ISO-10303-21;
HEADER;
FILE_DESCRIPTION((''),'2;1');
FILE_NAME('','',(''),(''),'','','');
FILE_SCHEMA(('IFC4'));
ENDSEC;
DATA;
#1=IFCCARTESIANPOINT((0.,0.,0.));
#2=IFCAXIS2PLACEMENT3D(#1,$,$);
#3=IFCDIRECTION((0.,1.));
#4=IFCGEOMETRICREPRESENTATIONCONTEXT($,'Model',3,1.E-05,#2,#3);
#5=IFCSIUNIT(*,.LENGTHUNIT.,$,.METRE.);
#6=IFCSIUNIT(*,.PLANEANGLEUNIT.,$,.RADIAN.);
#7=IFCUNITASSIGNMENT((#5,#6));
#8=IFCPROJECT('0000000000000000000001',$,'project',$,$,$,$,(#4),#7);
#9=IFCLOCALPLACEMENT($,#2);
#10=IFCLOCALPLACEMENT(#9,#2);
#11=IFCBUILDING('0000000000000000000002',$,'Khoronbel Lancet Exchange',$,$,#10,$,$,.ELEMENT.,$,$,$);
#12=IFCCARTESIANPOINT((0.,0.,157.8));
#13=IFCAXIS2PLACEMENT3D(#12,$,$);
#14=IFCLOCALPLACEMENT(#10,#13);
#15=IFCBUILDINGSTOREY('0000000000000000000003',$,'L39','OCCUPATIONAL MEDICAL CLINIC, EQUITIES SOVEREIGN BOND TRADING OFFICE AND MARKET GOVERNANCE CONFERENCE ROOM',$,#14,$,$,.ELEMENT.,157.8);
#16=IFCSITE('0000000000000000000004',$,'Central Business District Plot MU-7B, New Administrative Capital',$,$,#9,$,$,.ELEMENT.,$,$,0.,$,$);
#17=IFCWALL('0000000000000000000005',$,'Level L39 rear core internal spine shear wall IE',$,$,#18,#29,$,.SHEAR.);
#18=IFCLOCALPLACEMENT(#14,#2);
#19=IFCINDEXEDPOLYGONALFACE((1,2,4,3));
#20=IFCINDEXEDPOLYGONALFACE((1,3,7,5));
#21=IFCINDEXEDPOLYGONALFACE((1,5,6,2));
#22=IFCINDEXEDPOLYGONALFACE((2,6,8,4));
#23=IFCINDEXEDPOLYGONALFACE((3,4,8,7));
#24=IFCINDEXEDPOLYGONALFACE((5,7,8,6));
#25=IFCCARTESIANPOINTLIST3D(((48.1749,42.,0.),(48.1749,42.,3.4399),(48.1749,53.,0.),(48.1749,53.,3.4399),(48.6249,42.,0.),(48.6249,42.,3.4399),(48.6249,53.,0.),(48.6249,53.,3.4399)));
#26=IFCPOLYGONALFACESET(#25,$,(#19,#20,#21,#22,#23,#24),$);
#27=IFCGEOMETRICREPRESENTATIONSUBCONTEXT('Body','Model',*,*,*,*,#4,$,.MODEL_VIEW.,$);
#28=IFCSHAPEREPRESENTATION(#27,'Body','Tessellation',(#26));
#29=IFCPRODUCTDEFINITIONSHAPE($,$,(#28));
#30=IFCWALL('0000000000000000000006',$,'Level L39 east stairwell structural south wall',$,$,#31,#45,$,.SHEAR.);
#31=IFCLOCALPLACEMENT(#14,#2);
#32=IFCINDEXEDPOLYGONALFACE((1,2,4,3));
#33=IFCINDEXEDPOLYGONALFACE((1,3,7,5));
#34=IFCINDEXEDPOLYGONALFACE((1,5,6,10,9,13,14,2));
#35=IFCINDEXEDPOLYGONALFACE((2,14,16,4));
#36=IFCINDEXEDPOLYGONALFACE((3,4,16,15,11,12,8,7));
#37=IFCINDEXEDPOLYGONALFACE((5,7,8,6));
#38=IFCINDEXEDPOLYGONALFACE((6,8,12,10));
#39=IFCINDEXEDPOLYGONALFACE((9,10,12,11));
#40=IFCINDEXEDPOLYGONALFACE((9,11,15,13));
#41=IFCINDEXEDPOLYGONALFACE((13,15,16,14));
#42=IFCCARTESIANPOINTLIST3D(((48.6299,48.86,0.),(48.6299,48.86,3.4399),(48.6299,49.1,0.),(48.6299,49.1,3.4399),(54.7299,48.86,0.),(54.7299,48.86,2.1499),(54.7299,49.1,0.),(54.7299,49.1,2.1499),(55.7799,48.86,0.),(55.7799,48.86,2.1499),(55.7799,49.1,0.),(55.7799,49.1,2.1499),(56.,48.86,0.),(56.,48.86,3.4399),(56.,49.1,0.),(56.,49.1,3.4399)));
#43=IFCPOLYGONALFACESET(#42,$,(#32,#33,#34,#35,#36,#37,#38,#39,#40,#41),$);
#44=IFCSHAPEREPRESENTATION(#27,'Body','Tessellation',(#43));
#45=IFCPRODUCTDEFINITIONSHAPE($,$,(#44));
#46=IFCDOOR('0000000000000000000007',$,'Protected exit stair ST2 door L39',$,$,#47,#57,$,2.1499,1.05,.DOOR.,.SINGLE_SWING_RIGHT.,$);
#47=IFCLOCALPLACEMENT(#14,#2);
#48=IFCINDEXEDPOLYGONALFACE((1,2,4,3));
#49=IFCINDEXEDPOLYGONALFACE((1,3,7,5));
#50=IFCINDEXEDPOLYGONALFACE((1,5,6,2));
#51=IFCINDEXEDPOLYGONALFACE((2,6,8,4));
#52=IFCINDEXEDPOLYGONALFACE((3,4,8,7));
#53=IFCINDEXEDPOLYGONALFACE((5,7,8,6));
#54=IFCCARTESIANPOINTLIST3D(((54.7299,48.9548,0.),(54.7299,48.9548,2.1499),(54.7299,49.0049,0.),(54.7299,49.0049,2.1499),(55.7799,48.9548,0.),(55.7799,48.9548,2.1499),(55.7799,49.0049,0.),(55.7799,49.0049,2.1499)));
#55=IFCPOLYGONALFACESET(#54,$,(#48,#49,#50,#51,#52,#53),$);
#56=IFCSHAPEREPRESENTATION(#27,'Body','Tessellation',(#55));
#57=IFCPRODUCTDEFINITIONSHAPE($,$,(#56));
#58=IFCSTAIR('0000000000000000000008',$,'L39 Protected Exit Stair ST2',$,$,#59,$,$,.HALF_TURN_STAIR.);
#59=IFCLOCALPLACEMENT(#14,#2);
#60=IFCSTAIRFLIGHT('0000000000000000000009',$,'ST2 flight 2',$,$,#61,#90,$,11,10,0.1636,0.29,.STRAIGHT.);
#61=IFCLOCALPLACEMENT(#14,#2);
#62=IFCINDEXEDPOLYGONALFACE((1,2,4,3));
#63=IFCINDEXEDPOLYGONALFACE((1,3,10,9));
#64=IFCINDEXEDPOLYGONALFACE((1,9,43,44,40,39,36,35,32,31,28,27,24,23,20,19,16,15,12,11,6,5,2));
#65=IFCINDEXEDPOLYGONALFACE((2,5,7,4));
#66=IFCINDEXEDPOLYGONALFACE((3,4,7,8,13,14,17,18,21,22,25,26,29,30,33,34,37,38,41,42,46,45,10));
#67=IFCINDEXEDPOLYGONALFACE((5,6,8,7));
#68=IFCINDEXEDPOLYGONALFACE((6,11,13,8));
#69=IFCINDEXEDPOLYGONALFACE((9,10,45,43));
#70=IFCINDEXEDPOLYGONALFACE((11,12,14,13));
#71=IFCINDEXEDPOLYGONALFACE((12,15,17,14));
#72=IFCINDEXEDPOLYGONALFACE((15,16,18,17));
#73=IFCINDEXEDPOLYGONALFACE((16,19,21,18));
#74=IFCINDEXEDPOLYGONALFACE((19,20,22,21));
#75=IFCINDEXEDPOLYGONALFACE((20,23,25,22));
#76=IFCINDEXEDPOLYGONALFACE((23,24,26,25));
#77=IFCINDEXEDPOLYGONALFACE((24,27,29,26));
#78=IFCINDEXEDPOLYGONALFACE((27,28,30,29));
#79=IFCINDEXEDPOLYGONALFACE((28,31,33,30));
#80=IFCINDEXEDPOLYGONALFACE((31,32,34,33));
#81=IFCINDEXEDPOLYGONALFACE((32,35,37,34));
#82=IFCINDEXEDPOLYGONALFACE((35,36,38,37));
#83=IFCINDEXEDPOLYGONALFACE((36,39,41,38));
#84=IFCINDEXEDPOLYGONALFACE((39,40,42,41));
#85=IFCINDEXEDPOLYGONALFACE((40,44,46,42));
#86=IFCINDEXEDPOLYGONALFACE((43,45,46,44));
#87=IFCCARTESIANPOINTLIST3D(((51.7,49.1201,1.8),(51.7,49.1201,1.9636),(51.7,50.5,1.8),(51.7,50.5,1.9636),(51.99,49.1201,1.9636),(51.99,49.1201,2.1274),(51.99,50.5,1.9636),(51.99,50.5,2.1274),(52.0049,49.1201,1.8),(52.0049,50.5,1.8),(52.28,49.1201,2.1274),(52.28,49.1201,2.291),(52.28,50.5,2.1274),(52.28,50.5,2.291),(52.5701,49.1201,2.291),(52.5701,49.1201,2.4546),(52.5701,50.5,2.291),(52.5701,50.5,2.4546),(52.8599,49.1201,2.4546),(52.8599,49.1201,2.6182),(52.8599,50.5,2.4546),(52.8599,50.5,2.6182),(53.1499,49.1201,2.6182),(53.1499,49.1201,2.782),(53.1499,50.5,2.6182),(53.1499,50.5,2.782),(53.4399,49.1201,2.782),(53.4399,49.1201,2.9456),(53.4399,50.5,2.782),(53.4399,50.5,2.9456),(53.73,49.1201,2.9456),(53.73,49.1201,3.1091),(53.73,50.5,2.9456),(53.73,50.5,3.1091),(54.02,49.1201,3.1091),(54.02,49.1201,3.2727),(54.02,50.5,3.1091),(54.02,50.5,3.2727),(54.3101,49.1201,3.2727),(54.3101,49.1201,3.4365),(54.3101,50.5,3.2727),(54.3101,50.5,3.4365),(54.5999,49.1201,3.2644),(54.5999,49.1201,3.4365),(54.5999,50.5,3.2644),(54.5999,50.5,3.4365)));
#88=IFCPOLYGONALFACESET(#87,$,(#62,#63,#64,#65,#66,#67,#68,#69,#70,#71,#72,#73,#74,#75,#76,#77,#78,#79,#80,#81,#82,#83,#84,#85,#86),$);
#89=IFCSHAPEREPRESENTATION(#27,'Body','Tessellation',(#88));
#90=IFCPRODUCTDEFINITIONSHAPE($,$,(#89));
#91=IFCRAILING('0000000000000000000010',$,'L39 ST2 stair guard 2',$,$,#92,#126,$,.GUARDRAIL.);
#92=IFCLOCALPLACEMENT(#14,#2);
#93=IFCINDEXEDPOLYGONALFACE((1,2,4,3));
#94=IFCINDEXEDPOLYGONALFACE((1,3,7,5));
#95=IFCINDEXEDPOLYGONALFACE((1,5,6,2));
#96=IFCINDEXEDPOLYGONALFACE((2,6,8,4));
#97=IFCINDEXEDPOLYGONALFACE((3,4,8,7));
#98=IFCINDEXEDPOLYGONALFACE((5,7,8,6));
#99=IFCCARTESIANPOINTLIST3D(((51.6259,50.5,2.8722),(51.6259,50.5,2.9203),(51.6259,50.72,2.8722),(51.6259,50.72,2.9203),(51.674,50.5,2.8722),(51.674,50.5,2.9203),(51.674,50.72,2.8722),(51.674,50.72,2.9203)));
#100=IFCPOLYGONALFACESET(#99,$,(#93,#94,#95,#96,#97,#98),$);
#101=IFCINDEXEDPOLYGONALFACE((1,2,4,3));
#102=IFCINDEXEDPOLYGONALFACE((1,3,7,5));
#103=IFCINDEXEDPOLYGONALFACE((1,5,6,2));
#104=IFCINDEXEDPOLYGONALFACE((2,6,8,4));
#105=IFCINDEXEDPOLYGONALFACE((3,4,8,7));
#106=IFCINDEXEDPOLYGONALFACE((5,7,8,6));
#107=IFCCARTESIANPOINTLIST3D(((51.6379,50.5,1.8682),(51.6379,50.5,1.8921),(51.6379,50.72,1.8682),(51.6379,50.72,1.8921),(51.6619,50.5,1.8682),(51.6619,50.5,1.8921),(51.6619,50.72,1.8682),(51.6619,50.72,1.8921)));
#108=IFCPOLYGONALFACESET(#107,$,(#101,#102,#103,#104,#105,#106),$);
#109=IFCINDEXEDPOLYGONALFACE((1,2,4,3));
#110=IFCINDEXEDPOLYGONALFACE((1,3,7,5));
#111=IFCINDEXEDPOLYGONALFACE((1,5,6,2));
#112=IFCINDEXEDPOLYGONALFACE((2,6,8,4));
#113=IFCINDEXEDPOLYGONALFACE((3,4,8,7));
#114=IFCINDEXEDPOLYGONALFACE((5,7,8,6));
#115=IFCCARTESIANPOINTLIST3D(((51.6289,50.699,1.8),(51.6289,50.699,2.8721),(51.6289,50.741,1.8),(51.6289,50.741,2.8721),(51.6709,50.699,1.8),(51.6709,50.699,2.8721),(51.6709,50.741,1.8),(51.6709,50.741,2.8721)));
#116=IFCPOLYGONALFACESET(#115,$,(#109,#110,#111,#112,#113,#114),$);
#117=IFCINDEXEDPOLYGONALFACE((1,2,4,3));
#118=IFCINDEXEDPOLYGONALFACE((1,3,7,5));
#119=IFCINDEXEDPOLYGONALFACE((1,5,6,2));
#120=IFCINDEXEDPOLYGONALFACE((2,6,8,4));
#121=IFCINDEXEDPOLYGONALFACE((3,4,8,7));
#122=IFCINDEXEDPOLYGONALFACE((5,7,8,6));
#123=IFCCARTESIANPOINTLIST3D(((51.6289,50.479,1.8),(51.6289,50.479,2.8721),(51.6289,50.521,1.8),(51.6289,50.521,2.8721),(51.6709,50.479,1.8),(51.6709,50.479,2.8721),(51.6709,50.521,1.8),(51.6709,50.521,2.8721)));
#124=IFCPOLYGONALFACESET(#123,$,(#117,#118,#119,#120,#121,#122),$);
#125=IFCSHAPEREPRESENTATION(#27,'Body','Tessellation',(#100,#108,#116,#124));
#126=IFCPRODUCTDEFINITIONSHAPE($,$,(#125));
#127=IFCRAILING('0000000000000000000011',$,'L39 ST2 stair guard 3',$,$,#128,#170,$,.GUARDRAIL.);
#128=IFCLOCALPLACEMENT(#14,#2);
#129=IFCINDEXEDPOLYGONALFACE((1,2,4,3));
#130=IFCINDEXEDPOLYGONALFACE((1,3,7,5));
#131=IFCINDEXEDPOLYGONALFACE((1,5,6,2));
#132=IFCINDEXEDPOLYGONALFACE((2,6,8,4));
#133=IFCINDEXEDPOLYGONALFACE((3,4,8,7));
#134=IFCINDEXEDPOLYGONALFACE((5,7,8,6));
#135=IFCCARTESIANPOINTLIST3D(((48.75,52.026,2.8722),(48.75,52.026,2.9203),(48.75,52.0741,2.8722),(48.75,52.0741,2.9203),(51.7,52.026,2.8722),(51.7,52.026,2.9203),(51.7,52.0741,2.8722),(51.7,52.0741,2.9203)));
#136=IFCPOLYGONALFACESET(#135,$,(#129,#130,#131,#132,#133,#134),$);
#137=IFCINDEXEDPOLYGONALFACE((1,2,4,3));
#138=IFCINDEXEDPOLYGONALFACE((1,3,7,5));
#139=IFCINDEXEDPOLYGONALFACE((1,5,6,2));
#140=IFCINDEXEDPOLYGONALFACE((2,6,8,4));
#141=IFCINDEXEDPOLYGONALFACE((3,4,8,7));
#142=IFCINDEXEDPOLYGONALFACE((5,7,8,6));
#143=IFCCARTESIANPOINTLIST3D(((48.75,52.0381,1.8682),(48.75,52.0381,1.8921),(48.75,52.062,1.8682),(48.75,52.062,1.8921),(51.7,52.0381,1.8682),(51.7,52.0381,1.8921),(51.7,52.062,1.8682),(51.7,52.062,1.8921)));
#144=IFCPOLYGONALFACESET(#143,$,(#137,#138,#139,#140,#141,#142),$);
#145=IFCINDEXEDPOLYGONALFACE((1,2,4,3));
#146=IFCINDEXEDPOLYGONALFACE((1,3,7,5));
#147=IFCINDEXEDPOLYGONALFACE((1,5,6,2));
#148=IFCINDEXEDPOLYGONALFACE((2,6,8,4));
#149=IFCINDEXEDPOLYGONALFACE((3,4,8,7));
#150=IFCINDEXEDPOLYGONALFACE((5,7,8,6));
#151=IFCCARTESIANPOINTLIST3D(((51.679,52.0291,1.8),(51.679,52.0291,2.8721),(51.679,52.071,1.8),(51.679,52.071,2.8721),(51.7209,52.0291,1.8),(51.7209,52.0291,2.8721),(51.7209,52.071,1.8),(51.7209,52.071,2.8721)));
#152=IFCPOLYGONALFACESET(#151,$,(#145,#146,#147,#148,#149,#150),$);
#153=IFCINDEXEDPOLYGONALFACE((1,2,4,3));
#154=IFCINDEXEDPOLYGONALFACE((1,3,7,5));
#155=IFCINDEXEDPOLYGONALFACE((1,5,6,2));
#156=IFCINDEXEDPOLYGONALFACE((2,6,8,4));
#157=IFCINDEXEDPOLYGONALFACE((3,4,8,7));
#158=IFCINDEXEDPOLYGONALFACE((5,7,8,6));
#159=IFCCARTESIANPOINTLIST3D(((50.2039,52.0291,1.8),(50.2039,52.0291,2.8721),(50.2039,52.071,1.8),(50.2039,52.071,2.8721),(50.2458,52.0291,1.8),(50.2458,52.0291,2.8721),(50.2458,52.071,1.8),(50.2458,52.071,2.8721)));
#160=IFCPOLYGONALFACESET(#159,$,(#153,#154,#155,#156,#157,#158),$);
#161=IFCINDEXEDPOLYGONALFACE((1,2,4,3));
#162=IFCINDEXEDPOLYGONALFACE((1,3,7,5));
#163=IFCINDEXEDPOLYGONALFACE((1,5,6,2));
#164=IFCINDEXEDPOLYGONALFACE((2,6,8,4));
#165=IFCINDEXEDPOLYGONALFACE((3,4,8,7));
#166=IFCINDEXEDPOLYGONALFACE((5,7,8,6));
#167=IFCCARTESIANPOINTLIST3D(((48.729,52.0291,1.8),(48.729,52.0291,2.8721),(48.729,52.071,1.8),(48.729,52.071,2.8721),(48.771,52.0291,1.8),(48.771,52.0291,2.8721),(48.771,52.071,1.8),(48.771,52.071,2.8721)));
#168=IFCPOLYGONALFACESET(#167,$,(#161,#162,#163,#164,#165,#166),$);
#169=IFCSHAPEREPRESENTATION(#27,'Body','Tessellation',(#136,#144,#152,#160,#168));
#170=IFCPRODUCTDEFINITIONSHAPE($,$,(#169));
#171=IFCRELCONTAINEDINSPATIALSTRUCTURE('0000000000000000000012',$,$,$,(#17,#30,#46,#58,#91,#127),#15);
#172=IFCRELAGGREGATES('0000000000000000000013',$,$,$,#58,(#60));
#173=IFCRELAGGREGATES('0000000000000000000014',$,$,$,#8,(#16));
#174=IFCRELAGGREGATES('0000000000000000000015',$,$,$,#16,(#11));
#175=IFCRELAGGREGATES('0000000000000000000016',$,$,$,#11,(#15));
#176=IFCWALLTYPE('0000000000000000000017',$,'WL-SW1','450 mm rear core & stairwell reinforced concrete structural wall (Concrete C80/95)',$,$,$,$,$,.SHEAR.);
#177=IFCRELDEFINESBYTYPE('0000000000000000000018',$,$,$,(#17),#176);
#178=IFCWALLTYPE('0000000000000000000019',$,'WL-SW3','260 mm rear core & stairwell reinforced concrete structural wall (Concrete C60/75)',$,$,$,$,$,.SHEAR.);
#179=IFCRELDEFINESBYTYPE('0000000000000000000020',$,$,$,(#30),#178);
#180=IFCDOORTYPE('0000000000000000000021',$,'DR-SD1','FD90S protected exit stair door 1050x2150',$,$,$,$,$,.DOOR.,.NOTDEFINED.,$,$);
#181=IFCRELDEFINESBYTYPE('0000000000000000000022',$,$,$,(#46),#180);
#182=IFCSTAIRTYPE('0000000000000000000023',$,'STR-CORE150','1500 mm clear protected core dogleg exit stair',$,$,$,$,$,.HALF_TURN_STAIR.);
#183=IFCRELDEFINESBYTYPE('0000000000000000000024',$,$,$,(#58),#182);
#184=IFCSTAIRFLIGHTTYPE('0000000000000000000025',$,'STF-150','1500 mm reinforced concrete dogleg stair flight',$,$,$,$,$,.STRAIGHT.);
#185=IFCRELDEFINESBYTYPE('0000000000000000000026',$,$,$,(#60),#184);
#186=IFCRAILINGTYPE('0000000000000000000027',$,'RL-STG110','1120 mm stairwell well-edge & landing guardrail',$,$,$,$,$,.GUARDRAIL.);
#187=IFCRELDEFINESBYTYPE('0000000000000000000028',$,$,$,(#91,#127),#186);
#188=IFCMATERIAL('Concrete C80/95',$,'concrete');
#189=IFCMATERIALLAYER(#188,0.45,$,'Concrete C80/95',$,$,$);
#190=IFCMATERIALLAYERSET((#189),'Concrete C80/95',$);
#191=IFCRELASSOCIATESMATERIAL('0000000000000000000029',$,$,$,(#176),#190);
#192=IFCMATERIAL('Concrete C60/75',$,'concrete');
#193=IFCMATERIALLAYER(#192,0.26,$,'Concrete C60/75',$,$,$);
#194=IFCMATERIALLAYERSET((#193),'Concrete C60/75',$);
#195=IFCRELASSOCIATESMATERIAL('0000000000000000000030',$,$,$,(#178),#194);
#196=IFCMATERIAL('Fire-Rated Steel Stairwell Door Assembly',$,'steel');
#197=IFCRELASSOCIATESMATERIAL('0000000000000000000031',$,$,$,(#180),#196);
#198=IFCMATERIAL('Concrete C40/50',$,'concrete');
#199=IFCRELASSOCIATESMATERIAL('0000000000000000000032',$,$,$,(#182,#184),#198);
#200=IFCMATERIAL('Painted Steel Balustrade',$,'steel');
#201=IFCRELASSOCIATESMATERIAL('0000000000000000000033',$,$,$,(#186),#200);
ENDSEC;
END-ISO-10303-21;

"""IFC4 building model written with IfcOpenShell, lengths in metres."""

from ifc_helpers import new_model, si_unit, direction, frame, frame_2d, origin, origin_2d, place, context, subcontext, project, spatial, polyline, rectangle, outline, extrude, material, layer, layer_set, type_object, element, fill, aggregate, save


model = new_model("IFC4")

# Units and contexts
model_context = context("Model", 3, precision=1e-05, world=origin(), true_north=direction((0.0, 1.0)))
body_context = subcontext(model_context, "Body", "Model", "MODEL_VIEW")
ifc_project = project(units=[si_unit("LENGTHUNIT", "METRE"), si_unit("PLANEANGLEUNIT", "RADIAN")], contexts=[model_context])

# Site, building, storey
site_placement = place(None, origin())
site = spatial("IfcSite", under=ifc_project, at=site_placement, Name="Central Business District Plot MU-7B, New Administrative Capital", CompositionType="ELEMENT", RefElevation=0.0)
building_placement = place(site_placement, origin())
building = spatial("IfcBuilding", under=site, at=building_placement, Name="Khoronbel Lancet Exchange", CompositionType="ELEMENT")
storey_placement = place(building_placement, frame((0.0, 0.0, 157.8)))
storey = spatial("IfcBuildingStorey", under=building, at=storey_placement, Name="L39", Description="OCCUPATIONAL MEDICAL CLINIC, EQUITIES SOVEREIGN BOND TRADING OFFICE AND MARKET GOVERNANCE CONFERENCE ROOM", CompositionType="ELEMENT", Elevation=157.8)

# Wall
ifc_material_1 = material(Name="Concrete C80/95", Category="concrete")
ifc_layer_1 = layer(ifc_material_1, 0.45, Name="Concrete C80/95")
ifc_layer_set_1 = layer_set([ifc_layer_1], Name="Concrete C80/95")
wall_type_1 = type_object("IfcWallType", Name="WL-SW1", Description="450 mm rear core & stairwell reinforced concrete structural wall (Concrete C80/95)", PredefinedType="SHEAR", material=ifc_layer_set_1)
wall_1_placement = place(storey_placement, frame((48.3999, 42.0, 0.0), z_axis=(0.0, 0.0, 1.0), x_axis=(0.0, 1.0, 0.0)))
element("IfcWall", 1, at=wall_1_placement, inside=storey, type_object=wall_type_1, Name="Level L39 rear core internal spine shear wall IE", PredefinedType="SHEAR", context=body_context, shape_type="SweptSolid", body=[
    extrude(rectangle(XDim=11.0, YDim=0.45, at=frame_2d((5.5, 0.0))), origin(), (0.0, 0.0, 1.0), 3.4399),
])

# Wall, opening, door
ifc_material_2 = material(Name="Concrete C60/75", Category="concrete")
ifc_layer_2 = layer(ifc_material_2, 0.26, Name="Concrete C60/75")
ifc_layer_set_2 = layer_set([ifc_layer_2], Name="Concrete C60/75")
wall_type_2 = type_object("IfcWallType", Name="WL-SW3", Description="260 mm rear core & stairwell reinforced concrete structural wall (Concrete C60/75)", PredefinedType="SHEAR", material=ifc_layer_set_2)
wall_2_placement = place(storey_placement, frame((48.6299, 48.98, 0.0), z_axis=(0.0, 0.0, 1.0), x_axis=(1.0, 0.0, 0.0)))
wall_2 = element("IfcWall", 2, at=wall_2_placement, inside=storey, type_object=wall_type_2, Name="Level L39 east stairwell structural south wall", PredefinedType="SHEAR", context=body_context, shape_type="SweptSolid", body=[
    extrude(rectangle(XDim=7.3701, YDim=0.24, at=frame_2d((3.6851, 0.0))), origin(), (0.0, 0.0, 1.0), 3.4399),
])
opening_1_placement = place(wall_2_placement, frame((6.1001, 0.0, 0.0)))
opening_1 = element("IfcOpeningElement", 3, at=opening_1_placement, cuts=wall_2, PredefinedType="OPENING", context=body_context, shape_type="SweptSolid", body=[
    extrude(rectangle(XDim=1.05, YDim=2.1499, at=frame_2d((0.5249, 1.075))), frame((0.0, 0.1299, 0.0), z_axis=(0.0, -1.0, 0.0), x_axis=(1.0, 0.0, 0.0)), (0.0, 0.0, 1.0), 0.26),
])
ifc_material_3 = material(Name="Fire-Rated Steel Stairwell Door Assembly", Category="steel")
door_type_1 = type_object("IfcDoorType", Name="DR-SD1", Description="FD90S protected exit stair door 1050x2150", OperationType="NOTDEFINED", PredefinedType="DOOR", material=ifc_material_3)
door_1_placement = place(opening_1_placement, origin())
door_1 = element("IfcDoor", 4, at=door_1_placement, inside=storey, type_object=door_type_1, Name="Protected exit stair ST2 door L39", OperationType="SINGLE_SWING_RIGHT", OverallHeight=2.1499, OverallWidth=1.05, PredefinedType="DOOR", context=body_context, shape_type="SweptSolid", body=[
    extrude(rectangle(XDim=1.05, YDim=2.1499, at=frame_2d((0.5249, 1.075))), frame((0.0, 0.0249, 0.0), z_axis=(0.0, -1.0, 0.0), x_axis=(1.0, 0.0, 0.0)), (0.0, 0.0, 1.0), 0.05),
])
fill(opening_1, door_1)

# Stair, stair flight
ifc_material_4 = material(Name="Concrete C40/50", Category="concrete")
stair_type = type_object("IfcStairType", Name="STR-CORE150", Description="1500 mm clear protected core dogleg exit stair", PredefinedType="HALF_TURN_STAIR", material=ifc_material_4)
stair_placement = place(storey_placement, origin())
stair = element("IfcStair", 5, at=stair_placement, inside=storey, type_object=stair_type, Name="L39 Protected Exit Stair ST2", PredefinedType="HALF_TURN_STAIR")
stair_flight_type = type_object("IfcStairFlightType", Name="STF-150", Description="1500 mm reinforced concrete dogleg stair flight", PredefinedType="STRAIGHT", material=ifc_material_4)
stair_flight_placement = place(storey_placement, frame((51.7, 49.8101, 1.8), z_axis=(0.0, 0.0, 1.0), x_axis=(1.0, 0.0, 0.0)))
stair_flight = element("IfcStairFlight", 6, at=stair_flight_placement, type_object=stair_flight_type, Name="ST2 flight 2", NumberOfRisers=11, NumberOfTreads=10, PredefinedType="STRAIGHT", RiserHeight=0.1636, TreadLength=0.29, context=body_context, shape_type="SweptSolid", body=[
    extrude(outline(polyline([(0.0, 0.0), (0.0, 0.1636), (0.29, 0.1636), (0.29, 0.3274), (0.5801, 0.3274), (0.5801, 0.491), (0.8701, 0.491), (0.8701, 0.6545), (1.1599, 0.6545), (1.1599, 0.8181), (1.45, 0.8181), (1.45, 0.9819), (1.74, 0.9819), (1.74, 1.1455), (2.03, 1.1455), (2.03, 1.3091), (2.3201, 1.3091), (2.3201, 1.4727), (2.6101, 1.4727), (2.6101, 1.6365), (2.8999, 1.6365), (2.8999, 1.8), (2.8999, 1.4644), (0.3049, 0.0), (0.0, 0.0)])), frame((0.0, 0.6899, 0.0), z_axis=(0.0, -1.0, 0.0), x_axis=(1.0, 0.0, 0.0)), (0.0, 0.0, 1.0), 1.3799),
])
aggregate(stair, [stair_flight])

# Railings
ifc_material_5 = material(Name="Painted Steel Balustrade", Category="steel")
railing_type_1 = type_object("IfcRailingType", Name="RL-STG110", Description="1120 mm stairwell well-edge & landing guardrail", PredefinedType="GUARDRAIL", material=ifc_material_5)
railing_1_placement = place(storey_placement, frame((51.6499, 50.72, 1.8)))
element("IfcRailing", 7, at=railing_1_placement, inside=storey, type_object=railing_type_1, Name="L39 ST2 stair guard 2", PredefinedType="GUARDRAIL", context=body_context, shape_type="SweptSolid", body=[
    extrude(rectangle(XDim=0.0481, YDim=0.0481, at=origin_2d()), frame((0.0, 0.0, 1.0962), z_axis=(0.0, -1.0, 0.0), x_axis=(1.0, 0.0, 0.0)), (0.0, 0.0, 1.0), 0.22),
    extrude(rectangle(XDim=0.0239, YDim=0.0239, at=origin_2d()), frame((0.0, 0.0, 0.0801), z_axis=(0.0, -1.0, 0.0), x_axis=(1.0, 0.0, 0.0)), (0.0, 0.0, 1.0), 0.22),
    extrude(rectangle(XDim=0.042, YDim=0.042, at=origin_2d()), origin(), (0.0, 0.0, 1.0), 1.072),
    extrude(rectangle(XDim=0.042, YDim=0.042, at=origin_2d()), frame((0.0, -0.22, 0.0)), (0.0, 0.0, 1.0), 1.072),
])
railing_2_placement = place(storey_placement, frame((51.7, 52.05, 1.8)))
element("IfcRailing", 8, at=railing_2_placement, inside=storey, type_object=railing_type_1, Name="L39 ST2 stair guard 3", PredefinedType="GUARDRAIL", context=body_context, shape_type="SweptSolid", body=[
    extrude(rectangle(XDim=0.0481, YDim=0.0481, at=origin_2d()), frame((0.0, 0.0, 1.0962), z_axis=(-1.0, 0.0, 0.0), x_axis=(0.0, -1.0, 0.0)), (0.0, 0.0, 1.0), 2.95),
    extrude(rectangle(XDim=0.0239, YDim=0.0239, at=origin_2d()), frame((0.0, 0.0, 0.0801), z_axis=(-1.0, 0.0, 0.0), x_axis=(0.0, -1.0, 0.0)), (0.0, 0.0, 1.0), 2.95),
    extrude(rectangle(XDim=0.042, YDim=0.042, at=origin_2d()), origin(), (0.0, 0.0, 1.0), 1.072),
    extrude(rectangle(XDim=0.042, YDim=0.042, at=origin_2d()), frame((-1.4751, 0.0, 0.0)), (0.0, 0.0, 1.0), 1.072),
    extrude(rectangle(XDim=0.042, YDim=0.042, at=origin_2d()), frame((-2.95, 0.0, 0.0)), (0.0, 0.0, 1.0), 1.072),
])

save(model, "model.ifc")
